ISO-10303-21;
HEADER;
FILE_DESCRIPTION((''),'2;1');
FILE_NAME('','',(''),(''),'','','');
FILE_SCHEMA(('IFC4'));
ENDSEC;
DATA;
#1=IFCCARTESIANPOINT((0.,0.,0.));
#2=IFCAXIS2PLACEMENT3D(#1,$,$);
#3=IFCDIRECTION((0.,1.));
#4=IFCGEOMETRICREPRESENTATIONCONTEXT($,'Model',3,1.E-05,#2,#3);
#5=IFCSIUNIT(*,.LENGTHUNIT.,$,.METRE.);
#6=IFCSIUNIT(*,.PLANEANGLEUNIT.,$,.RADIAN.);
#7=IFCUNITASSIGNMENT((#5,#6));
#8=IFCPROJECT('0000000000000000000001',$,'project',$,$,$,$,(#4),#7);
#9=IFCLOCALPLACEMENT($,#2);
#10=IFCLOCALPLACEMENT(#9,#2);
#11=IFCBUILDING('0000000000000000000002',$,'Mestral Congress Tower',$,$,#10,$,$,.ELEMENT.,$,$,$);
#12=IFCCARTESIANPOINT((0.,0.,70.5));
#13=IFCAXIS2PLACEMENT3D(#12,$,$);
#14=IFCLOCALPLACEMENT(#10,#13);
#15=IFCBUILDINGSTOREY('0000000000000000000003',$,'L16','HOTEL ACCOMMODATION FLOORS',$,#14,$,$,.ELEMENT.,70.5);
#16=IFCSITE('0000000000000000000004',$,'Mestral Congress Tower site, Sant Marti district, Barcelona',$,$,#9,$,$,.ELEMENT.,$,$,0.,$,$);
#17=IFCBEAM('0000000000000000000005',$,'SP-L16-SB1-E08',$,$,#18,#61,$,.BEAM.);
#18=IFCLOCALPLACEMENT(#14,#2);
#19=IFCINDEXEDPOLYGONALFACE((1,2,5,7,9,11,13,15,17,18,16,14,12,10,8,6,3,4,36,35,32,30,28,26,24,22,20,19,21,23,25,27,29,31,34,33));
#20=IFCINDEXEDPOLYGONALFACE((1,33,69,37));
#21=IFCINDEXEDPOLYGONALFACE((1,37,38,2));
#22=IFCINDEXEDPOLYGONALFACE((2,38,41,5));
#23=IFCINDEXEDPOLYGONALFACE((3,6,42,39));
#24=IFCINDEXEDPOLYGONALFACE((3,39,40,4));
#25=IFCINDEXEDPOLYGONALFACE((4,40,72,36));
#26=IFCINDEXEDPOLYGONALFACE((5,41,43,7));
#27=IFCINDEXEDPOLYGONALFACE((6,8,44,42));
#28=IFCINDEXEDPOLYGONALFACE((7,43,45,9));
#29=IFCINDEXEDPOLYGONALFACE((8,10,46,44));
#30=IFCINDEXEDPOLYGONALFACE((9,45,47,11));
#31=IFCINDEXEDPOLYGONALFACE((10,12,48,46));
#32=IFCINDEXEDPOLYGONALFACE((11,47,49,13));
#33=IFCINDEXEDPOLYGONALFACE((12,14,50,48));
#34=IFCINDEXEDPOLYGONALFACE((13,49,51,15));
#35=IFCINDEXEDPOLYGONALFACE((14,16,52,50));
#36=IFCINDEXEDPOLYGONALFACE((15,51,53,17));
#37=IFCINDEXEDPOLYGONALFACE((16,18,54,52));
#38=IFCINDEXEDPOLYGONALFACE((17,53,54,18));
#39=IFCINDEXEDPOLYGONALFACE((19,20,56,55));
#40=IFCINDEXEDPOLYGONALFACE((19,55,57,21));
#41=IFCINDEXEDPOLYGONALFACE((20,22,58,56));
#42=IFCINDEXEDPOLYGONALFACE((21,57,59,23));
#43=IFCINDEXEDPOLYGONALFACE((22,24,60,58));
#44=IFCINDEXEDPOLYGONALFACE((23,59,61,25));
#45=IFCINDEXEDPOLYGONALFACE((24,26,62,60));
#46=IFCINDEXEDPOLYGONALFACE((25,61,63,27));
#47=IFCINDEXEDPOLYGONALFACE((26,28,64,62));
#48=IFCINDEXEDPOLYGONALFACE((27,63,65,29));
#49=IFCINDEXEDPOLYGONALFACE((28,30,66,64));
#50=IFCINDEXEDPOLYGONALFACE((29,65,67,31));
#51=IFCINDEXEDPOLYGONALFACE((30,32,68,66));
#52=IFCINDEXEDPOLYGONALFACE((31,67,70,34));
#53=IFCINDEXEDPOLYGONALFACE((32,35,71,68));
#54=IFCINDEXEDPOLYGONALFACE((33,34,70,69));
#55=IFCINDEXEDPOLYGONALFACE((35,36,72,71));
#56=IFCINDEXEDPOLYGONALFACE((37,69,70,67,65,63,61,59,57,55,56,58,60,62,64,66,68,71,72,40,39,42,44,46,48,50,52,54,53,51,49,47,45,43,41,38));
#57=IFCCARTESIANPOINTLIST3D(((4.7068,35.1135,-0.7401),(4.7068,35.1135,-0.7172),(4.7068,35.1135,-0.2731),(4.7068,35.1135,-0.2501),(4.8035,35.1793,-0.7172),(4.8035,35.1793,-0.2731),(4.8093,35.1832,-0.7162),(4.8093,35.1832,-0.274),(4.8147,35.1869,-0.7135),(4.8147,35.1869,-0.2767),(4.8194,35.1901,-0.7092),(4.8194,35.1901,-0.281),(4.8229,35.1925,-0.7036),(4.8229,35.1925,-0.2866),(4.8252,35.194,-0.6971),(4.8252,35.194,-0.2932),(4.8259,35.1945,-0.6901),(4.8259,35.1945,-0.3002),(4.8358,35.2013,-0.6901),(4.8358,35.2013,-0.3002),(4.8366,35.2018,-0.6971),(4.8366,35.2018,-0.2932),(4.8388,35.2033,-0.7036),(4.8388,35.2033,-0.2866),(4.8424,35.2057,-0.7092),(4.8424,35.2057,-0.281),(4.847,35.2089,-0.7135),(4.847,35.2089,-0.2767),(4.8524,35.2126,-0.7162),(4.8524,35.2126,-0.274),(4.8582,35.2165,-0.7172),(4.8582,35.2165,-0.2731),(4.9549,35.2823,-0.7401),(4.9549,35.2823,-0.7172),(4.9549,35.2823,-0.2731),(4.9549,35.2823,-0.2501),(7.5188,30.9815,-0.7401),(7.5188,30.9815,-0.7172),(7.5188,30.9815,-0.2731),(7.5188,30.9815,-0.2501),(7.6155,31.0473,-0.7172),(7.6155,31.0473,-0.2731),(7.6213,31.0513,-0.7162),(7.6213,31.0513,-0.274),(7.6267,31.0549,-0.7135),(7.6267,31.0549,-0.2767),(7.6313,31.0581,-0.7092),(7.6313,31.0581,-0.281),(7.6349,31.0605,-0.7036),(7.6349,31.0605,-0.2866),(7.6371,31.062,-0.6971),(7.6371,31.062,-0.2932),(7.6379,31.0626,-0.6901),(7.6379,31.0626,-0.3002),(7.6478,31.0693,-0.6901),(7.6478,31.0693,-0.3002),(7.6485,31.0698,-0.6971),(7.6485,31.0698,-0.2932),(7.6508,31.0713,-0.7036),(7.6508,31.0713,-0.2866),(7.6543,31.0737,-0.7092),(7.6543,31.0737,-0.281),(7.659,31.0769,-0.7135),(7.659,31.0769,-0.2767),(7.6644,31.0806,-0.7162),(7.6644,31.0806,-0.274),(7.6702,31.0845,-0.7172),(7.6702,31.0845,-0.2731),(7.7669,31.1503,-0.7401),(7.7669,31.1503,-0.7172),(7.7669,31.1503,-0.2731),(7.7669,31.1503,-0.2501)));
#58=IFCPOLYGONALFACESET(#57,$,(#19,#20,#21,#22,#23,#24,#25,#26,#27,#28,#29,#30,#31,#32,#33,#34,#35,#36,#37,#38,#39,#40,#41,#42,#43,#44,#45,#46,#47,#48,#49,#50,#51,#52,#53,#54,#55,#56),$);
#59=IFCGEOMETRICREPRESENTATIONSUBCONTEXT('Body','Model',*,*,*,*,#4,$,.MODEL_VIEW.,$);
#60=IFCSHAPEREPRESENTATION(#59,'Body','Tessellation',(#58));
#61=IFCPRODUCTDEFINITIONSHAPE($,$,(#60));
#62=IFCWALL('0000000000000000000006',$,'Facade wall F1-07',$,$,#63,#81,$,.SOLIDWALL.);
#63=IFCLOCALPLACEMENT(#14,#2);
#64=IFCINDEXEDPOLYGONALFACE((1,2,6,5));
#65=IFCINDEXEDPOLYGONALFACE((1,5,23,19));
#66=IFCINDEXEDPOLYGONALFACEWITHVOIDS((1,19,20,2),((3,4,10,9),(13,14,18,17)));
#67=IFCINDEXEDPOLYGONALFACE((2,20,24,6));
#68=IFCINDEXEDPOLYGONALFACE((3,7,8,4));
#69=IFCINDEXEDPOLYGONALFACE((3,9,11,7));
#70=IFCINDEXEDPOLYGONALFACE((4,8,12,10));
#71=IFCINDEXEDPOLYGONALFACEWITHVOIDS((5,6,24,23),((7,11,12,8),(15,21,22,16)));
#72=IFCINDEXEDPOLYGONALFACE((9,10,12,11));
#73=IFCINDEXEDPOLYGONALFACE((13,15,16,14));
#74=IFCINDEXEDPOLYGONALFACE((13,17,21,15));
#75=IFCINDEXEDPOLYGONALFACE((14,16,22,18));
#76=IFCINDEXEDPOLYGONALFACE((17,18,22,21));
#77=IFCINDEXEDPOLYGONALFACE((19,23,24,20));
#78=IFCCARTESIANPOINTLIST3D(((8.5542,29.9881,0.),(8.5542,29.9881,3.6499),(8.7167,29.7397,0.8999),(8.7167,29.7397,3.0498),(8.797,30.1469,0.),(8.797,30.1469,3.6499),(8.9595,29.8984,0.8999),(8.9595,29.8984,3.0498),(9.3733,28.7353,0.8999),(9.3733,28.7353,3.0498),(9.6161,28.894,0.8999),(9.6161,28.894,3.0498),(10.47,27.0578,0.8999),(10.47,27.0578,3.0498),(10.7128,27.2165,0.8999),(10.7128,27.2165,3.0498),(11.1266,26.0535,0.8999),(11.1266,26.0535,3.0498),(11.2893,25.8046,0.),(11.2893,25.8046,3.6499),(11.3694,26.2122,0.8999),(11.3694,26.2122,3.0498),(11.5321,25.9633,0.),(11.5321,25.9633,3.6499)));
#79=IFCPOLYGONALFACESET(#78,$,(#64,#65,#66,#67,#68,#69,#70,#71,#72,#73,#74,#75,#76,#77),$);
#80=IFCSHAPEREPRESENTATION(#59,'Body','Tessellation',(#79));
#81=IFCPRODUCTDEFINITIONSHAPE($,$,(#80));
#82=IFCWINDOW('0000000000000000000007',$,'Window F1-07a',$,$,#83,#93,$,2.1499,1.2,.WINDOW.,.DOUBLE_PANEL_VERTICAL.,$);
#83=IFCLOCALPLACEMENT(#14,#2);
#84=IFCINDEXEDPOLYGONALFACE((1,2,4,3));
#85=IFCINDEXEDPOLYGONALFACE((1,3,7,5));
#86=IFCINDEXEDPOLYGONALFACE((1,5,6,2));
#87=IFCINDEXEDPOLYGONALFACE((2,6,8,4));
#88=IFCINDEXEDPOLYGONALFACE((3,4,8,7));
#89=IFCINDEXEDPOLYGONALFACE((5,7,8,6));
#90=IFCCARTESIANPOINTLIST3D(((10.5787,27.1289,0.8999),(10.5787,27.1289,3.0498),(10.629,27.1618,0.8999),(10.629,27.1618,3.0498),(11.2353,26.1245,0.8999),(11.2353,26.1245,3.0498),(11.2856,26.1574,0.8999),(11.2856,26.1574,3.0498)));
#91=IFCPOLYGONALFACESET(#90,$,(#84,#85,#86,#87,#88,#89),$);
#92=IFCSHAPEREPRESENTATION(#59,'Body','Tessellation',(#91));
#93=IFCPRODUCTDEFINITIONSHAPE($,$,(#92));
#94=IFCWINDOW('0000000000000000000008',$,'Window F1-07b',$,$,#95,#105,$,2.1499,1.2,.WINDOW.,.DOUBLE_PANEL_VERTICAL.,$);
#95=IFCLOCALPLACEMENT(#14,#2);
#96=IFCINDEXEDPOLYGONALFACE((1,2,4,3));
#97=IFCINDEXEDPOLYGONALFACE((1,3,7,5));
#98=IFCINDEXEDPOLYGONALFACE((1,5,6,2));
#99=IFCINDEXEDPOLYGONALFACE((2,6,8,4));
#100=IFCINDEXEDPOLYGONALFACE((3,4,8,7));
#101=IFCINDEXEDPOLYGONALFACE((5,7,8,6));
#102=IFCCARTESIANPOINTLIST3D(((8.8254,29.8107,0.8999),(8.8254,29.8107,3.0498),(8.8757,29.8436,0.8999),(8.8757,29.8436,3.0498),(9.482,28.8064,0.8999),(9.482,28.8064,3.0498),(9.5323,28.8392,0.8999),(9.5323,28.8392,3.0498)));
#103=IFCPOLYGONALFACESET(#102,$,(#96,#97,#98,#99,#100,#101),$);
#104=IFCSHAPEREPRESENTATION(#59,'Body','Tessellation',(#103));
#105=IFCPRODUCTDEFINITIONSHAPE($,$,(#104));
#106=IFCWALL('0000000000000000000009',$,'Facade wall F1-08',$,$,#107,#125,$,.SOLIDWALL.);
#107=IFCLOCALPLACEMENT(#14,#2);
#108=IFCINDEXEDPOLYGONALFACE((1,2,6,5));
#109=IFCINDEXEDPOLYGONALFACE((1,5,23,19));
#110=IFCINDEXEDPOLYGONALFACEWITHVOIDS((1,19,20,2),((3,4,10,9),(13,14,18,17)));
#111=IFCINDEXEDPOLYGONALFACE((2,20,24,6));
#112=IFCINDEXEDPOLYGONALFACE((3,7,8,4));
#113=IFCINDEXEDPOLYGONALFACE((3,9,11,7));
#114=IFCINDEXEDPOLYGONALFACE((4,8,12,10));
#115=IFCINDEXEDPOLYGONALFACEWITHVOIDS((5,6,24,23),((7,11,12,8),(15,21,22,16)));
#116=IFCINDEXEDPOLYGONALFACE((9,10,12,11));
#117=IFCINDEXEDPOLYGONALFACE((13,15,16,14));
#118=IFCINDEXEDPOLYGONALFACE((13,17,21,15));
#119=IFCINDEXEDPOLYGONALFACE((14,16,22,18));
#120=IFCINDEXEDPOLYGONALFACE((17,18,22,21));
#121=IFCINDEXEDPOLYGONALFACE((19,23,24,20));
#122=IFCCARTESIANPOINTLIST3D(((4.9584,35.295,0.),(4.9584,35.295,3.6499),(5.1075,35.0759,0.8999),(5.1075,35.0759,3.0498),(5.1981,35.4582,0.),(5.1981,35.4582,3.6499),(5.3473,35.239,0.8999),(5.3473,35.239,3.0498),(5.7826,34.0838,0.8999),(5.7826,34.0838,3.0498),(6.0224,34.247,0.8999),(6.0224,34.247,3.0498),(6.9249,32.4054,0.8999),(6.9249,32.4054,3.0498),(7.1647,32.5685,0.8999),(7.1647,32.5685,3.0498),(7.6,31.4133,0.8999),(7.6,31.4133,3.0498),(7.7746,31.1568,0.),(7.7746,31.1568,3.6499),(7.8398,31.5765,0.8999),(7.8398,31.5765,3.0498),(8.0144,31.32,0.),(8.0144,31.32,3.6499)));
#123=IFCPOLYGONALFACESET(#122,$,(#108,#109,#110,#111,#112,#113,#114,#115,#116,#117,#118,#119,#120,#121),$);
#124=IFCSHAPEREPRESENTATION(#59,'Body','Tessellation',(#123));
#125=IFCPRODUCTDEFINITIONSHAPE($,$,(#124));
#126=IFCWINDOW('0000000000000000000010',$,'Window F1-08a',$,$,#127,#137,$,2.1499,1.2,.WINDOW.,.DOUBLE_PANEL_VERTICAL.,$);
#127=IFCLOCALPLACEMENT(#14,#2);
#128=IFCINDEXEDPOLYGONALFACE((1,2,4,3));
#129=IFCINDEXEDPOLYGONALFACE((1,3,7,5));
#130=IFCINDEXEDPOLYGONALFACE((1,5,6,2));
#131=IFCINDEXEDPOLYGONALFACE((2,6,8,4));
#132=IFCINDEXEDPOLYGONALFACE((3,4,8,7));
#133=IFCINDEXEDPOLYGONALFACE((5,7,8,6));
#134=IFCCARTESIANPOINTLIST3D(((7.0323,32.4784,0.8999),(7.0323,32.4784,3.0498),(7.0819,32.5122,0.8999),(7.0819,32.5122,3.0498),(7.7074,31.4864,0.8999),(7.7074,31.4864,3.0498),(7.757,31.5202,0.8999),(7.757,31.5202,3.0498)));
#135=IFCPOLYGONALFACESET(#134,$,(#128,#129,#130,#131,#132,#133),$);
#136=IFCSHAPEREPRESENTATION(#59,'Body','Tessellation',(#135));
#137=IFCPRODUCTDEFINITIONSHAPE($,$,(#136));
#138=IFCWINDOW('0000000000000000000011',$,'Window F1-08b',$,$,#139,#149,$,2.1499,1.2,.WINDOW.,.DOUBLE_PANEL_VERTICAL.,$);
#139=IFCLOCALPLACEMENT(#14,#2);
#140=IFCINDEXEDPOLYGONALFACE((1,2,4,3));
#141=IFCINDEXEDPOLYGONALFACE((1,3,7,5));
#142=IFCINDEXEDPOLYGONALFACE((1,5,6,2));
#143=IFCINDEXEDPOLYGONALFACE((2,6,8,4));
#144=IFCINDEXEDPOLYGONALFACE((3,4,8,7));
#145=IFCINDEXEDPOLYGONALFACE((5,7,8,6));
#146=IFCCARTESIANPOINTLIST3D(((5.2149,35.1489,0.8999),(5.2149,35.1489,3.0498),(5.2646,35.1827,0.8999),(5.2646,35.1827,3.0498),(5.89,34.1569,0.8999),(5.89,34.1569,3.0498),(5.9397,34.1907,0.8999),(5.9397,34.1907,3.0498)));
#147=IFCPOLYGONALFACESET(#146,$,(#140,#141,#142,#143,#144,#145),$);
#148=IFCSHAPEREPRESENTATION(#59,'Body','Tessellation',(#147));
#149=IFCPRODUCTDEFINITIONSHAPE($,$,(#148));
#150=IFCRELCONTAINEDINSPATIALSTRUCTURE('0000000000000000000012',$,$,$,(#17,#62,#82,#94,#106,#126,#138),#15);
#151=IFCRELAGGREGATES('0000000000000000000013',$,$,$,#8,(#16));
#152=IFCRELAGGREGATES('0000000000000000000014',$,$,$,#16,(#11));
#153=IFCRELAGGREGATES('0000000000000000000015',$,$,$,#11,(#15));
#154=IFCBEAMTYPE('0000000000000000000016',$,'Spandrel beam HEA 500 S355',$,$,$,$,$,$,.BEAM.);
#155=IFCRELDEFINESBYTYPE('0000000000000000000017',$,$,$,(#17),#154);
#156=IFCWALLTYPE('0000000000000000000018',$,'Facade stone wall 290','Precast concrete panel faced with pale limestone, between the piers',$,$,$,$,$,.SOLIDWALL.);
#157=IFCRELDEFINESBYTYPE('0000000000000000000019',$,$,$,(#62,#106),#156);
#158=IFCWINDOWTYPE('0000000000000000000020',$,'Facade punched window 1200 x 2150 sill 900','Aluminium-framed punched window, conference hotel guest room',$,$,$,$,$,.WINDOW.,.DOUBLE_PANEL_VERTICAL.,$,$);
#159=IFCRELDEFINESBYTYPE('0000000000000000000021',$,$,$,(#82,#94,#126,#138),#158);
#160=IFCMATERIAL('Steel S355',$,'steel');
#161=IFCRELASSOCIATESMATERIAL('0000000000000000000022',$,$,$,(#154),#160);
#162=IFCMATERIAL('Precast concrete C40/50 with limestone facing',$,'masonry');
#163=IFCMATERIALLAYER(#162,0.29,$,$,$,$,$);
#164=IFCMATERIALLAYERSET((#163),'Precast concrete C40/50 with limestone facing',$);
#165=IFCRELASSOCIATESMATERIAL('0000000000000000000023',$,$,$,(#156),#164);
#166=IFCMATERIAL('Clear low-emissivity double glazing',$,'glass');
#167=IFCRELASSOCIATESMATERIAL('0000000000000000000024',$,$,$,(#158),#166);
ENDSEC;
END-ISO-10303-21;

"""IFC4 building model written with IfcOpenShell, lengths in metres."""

from ifc_helpers import new_model, si_unit, direction, frame, frame_2d, origin, origin_2d, place, context, subcontext, project, spatial, rectangle, i_section, extrude, material, layer, layer_set, material_profile, profile_set, type_object, element, fill, save


model = new_model("IFC4")

# Units and contexts
model_context = context("Model", 3, precision=1e-05, world=origin(), true_north=direction((0.0, 1.0)))
body_context = subcontext(model_context, "Body", "Model", "MODEL_VIEW")
ifc_project = project(units=[si_unit("LENGTHUNIT", "METRE"), si_unit("PLANEANGLEUNIT", "RADIAN")], contexts=[model_context])

# Site, building, storey
site_placement = place(None, origin())
site = spatial("IfcSite", under=ifc_project, at=site_placement, Name="Mestral Congress Tower site, Sant Marti district, Barcelona", CompositionType="ELEMENT", RefElevation=0.0)
building_placement = place(site_placement, origin())
building = spatial("IfcBuilding", under=site, at=building_placement, Name="Mestral Congress Tower", CompositionType="ELEMENT")
storey_placement = place(building_placement, frame((0.0, 0.0, 70.5)))
storey = spatial("IfcBuildingStorey", under=building, at=storey_placement, Name="L16", Description="HOTEL ACCOMMODATION FLOORS", CompositionType="ELEMENT", Elevation=70.5)

# Beam
ifc_material_1 = material(Name="Steel S355", Category="steel")
ifc_material_profile_1 = material_profile(ifc_material_1, i_section(OverallWidth=0.3, OverallDepth=0.49, WebThickness=0.012, FlangeThickness=0.0229, FilletRadius=0.0271, at=origin_2d()), Name="HEA 500")
ifc_profile_set_1 = profile_set([ifc_material_profile_1], Name="Steel S355")
beam_type_1 = type_object("IfcBeamType", Name="Spandrel beam HEA 500 S355", PredefinedType="BEAM", material=ifc_profile_set_1)
beam_1_placement = place(storey_placement, frame((7.6428, 31.0659, -0.4951), z_axis=(-0.562611, 0.826722, 0.0), x_axis=(-0.826722, -0.562611, 0.0)))
element("IfcBeam", 1, at=beam_1_placement, inside=storey, type_object=beam_type_1, Name="SP-L16-SB1-E08", PredefinedType="BEAM", context=body_context, shape_type="SweptSolid", body=[
    extrude(i_section(OverallWidth=0.3, OverallDepth=0.49, WebThickness=0.012, FlangeThickness=0.0229, FilletRadius=0.0271, at=origin_2d()), origin(), (0.0, 0.0, 1.0), 4.998),
])

# Walls, openings, windows
ifc_material_2 = material(Name="Precast concrete C40/50 with limestone facing", Category="masonry")
ifc_layer_1 = layer(ifc_material_2, 0.29)
ifc_layer_set_1 = layer_set([ifc_layer_1], Name="Precast concrete C40/50 with limestone facing")
wall_type_1 = type_object("IfcWallType", Name="Facade stone wall 290", Description="Precast concrete panel faced with pale limestone, between the piers", PredefinedType="SOLIDWALL", material=ifc_layer_set_1)
wall_1_placement = place(storey_placement, frame((11.4106, 25.884, 0.0), z_axis=(0.0, 0.0, 1.0), x_axis=(-0.547205, 0.836999, 0.0)))
wall_1 = element("IfcWall", 2, at=wall_1_placement, inside=storey, type_object=wall_type_1, Name="Facade wall F1-07", PredefinedType="SOLIDWALL", context=body_context, shape_type="SweptSolid", body=[
    extrude(rectangle(XDim=4.9983, YDim=0.29, at=frame_2d((2.499, 0.0))), origin(), (0.0, 0.0, 1.0), 3.6499),
])
opening_1_placement = place(wall_1_placement, frame((0.2971, 0.0, 0.8999)))
opening_1 = element("IfcOpeningElement", 3, at=opening_1_placement, cuts=wall_1, PredefinedType="OPENING", context=body_context, shape_type="SweptSolid", body=[
    extrude(rectangle(XDim=1.2, YDim=2.1499, at=frame_2d((0.6001, 1.075))), frame((0.0, 0.155, 0.0), z_axis=(0.0, -1.0, 0.0), x_axis=(1.0, 0.0, 0.0)), (0.0, 0.0, 1.0), 0.3101),
])
opening_2_placement = place(wall_1_placement, frame((3.5012, 0.0, 0.8999)))
opening_2 = element("IfcOpeningElement", 4, at=opening_2_placement, cuts=wall_1, PredefinedType="OPENING", context=body_context, shape_type="SweptSolid", body=[
    extrude(rectangle(XDim=1.2, YDim=2.1499, at=frame_2d((0.6001, 1.075))), frame((0.0, 0.155, 0.0), z_axis=(0.0, -1.0, 0.0), x_axis=(1.0, 0.0, 0.0)), (0.0, 0.0, 1.0), 0.3101),
])
ifc_material_3 = material(Name="Clear low-emissivity double glazing", Category="glass")
window_type = type_object("IfcWindowType", Name="Facade punched window 1200 x 2150 sill 900", Description="Aluminium-framed punched window, conference hotel guest room", PartitioningType="DOUBLE_PANEL_VERTICAL", PredefinedType="WINDOW", material=ifc_material_3)
window_1_placement = place(opening_1_placement, origin())
window_1 = element("IfcWindow", 5, at=window_1_placement, inside=storey, type_object=window_type, Name="Window F1-07a", OverallHeight=2.1499, OverallWidth=1.2, PartitioningType="DOUBLE_PANEL_VERTICAL", PredefinedType="WINDOW", context=body_context, shape_type="SweptSolid", body=[
    extrude(rectangle(XDim=1.2, YDim=2.1499, at=frame_2d((0.6001, 1.075))), frame((0.0, 0.0151, 0.0), z_axis=(0.0, -1.0, 0.0), x_axis=(1.0, 0.0, 0.0)), (0.0, 0.0, 1.0), 0.0601),
])
fill(opening_1, window_1)
window_2_placement = place(opening_2_placement, origin())
window_2 = element("IfcWindow", 6, at=window_2_placement, inside=storey, type_object=window_type, Name="Window F1-07b", OverallHeight=2.1499, OverallWidth=1.2, PartitioningType="DOUBLE_PANEL_VERTICAL", PredefinedType="WINDOW", context=body_context, shape_type="SweptSolid", body=[
    extrude(rectangle(XDim=1.2, YDim=2.1499, at=frame_2d((0.6001, 1.075))), frame((0.0, 0.0151, 0.0), z_axis=(0.0, -1.0, 0.0), x_axis=(1.0, 0.0, 0.0)), (0.0, 0.0, 1.0), 0.0601),
])
fill(opening_2, window_2)
wall_2_placement = place(storey_placement, frame((7.8945, 31.2383, 0.0), z_axis=(0.0, 0.0, 1.0), x_axis=(-0.56261, 0.826722, 0.0)))
wall_2 = element("IfcWall", 7, at=wall_2_placement, inside=storey, type_object=wall_type_1, Name="Facade wall F1-08", PredefinedType="SOLIDWALL", context=body_context, shape_type="SweptSolid", body=[
    extrude(rectangle(XDim=5.0056, YDim=0.29, at=frame_2d((2.5029, 0.0))), origin(), (0.0, 0.0, 1.0), 3.6499),
])
opening_3_placement = place(wall_2_placement, frame((0.3103, 0.0, 0.8999)))
opening_3 = element("IfcOpeningElement", 8, at=opening_3_placement, cuts=wall_2, PredefinedType="OPENING", context=body_context, shape_type="SweptSolid", body=[
    extrude(rectangle(XDim=1.2, YDim=2.1499, at=frame_2d((0.6001, 1.075))), frame((0.0, 0.155, 0.0), z_axis=(0.0, -1.0, 0.0), x_axis=(1.0, 0.0, 0.0)), (0.0, 0.0, 1.0), 0.3101),
])
opening_4_placement = place(wall_2_placement, frame((3.5405, 0.0, 0.8999)))
opening_4 = element("IfcOpeningElement", 9, at=opening_4_placement, cuts=wall_2, PredefinedType="OPENING", context=body_context, shape_type="SweptSolid", body=[
    extrude(rectangle(XDim=1.2, YDim=2.1499, at=frame_2d((0.6001, 1.075))), frame((0.0, 0.155, 0.0), z_axis=(0.0, -1.0, 0.0), x_axis=(1.0, 0.0, 0.0)), (0.0, 0.0, 1.0), 0.3101),
])
window_3_placement = place(opening_3_placement, origin())
window_3 = element("IfcWindow", 10, at=window_3_placement, inside=storey, type_object=window_type, Name="Window F1-08a", OverallHeight=2.1499, OverallWidth=1.2, PartitioningType="DOUBLE_PANEL_VERTICAL", PredefinedType="WINDOW", context=body_context, shape_type="SweptSolid", body=[
    extrude(rectangle(XDim=1.2, YDim=2.1499, at=frame_2d((0.6001, 1.075))), frame((0.0, 0.0151, 0.0), z_axis=(0.0, -1.0, 0.0), x_axis=(1.0, 0.0, 0.0)), (0.0, 0.0, 1.0), 0.0601),
])
fill(opening_3, window_3)
window_4_placement = place(opening_4_placement, origin())
window_4 = element("IfcWindow", 11, at=window_4_placement, inside=storey, type_object=window_type, Name="Window F1-08b", OverallHeight=2.1499, OverallWidth=1.2, PartitioningType="DOUBLE_PANEL_VERTICAL", PredefinedType="WINDOW", context=body_context, shape_type="SweptSolid", body=[
    extrude(rectangle(XDim=1.2, YDim=2.1499, at=frame_2d((0.6001, 1.075))), frame((0.0, 0.0151, 0.0), z_axis=(0.0, -1.0, 0.0), x_axis=(1.0, 0.0, 0.0)), (0.0, 0.0, 1.0), 0.0601),
])
fill(opening_4, window_4)

save(model, "model.ifc")
